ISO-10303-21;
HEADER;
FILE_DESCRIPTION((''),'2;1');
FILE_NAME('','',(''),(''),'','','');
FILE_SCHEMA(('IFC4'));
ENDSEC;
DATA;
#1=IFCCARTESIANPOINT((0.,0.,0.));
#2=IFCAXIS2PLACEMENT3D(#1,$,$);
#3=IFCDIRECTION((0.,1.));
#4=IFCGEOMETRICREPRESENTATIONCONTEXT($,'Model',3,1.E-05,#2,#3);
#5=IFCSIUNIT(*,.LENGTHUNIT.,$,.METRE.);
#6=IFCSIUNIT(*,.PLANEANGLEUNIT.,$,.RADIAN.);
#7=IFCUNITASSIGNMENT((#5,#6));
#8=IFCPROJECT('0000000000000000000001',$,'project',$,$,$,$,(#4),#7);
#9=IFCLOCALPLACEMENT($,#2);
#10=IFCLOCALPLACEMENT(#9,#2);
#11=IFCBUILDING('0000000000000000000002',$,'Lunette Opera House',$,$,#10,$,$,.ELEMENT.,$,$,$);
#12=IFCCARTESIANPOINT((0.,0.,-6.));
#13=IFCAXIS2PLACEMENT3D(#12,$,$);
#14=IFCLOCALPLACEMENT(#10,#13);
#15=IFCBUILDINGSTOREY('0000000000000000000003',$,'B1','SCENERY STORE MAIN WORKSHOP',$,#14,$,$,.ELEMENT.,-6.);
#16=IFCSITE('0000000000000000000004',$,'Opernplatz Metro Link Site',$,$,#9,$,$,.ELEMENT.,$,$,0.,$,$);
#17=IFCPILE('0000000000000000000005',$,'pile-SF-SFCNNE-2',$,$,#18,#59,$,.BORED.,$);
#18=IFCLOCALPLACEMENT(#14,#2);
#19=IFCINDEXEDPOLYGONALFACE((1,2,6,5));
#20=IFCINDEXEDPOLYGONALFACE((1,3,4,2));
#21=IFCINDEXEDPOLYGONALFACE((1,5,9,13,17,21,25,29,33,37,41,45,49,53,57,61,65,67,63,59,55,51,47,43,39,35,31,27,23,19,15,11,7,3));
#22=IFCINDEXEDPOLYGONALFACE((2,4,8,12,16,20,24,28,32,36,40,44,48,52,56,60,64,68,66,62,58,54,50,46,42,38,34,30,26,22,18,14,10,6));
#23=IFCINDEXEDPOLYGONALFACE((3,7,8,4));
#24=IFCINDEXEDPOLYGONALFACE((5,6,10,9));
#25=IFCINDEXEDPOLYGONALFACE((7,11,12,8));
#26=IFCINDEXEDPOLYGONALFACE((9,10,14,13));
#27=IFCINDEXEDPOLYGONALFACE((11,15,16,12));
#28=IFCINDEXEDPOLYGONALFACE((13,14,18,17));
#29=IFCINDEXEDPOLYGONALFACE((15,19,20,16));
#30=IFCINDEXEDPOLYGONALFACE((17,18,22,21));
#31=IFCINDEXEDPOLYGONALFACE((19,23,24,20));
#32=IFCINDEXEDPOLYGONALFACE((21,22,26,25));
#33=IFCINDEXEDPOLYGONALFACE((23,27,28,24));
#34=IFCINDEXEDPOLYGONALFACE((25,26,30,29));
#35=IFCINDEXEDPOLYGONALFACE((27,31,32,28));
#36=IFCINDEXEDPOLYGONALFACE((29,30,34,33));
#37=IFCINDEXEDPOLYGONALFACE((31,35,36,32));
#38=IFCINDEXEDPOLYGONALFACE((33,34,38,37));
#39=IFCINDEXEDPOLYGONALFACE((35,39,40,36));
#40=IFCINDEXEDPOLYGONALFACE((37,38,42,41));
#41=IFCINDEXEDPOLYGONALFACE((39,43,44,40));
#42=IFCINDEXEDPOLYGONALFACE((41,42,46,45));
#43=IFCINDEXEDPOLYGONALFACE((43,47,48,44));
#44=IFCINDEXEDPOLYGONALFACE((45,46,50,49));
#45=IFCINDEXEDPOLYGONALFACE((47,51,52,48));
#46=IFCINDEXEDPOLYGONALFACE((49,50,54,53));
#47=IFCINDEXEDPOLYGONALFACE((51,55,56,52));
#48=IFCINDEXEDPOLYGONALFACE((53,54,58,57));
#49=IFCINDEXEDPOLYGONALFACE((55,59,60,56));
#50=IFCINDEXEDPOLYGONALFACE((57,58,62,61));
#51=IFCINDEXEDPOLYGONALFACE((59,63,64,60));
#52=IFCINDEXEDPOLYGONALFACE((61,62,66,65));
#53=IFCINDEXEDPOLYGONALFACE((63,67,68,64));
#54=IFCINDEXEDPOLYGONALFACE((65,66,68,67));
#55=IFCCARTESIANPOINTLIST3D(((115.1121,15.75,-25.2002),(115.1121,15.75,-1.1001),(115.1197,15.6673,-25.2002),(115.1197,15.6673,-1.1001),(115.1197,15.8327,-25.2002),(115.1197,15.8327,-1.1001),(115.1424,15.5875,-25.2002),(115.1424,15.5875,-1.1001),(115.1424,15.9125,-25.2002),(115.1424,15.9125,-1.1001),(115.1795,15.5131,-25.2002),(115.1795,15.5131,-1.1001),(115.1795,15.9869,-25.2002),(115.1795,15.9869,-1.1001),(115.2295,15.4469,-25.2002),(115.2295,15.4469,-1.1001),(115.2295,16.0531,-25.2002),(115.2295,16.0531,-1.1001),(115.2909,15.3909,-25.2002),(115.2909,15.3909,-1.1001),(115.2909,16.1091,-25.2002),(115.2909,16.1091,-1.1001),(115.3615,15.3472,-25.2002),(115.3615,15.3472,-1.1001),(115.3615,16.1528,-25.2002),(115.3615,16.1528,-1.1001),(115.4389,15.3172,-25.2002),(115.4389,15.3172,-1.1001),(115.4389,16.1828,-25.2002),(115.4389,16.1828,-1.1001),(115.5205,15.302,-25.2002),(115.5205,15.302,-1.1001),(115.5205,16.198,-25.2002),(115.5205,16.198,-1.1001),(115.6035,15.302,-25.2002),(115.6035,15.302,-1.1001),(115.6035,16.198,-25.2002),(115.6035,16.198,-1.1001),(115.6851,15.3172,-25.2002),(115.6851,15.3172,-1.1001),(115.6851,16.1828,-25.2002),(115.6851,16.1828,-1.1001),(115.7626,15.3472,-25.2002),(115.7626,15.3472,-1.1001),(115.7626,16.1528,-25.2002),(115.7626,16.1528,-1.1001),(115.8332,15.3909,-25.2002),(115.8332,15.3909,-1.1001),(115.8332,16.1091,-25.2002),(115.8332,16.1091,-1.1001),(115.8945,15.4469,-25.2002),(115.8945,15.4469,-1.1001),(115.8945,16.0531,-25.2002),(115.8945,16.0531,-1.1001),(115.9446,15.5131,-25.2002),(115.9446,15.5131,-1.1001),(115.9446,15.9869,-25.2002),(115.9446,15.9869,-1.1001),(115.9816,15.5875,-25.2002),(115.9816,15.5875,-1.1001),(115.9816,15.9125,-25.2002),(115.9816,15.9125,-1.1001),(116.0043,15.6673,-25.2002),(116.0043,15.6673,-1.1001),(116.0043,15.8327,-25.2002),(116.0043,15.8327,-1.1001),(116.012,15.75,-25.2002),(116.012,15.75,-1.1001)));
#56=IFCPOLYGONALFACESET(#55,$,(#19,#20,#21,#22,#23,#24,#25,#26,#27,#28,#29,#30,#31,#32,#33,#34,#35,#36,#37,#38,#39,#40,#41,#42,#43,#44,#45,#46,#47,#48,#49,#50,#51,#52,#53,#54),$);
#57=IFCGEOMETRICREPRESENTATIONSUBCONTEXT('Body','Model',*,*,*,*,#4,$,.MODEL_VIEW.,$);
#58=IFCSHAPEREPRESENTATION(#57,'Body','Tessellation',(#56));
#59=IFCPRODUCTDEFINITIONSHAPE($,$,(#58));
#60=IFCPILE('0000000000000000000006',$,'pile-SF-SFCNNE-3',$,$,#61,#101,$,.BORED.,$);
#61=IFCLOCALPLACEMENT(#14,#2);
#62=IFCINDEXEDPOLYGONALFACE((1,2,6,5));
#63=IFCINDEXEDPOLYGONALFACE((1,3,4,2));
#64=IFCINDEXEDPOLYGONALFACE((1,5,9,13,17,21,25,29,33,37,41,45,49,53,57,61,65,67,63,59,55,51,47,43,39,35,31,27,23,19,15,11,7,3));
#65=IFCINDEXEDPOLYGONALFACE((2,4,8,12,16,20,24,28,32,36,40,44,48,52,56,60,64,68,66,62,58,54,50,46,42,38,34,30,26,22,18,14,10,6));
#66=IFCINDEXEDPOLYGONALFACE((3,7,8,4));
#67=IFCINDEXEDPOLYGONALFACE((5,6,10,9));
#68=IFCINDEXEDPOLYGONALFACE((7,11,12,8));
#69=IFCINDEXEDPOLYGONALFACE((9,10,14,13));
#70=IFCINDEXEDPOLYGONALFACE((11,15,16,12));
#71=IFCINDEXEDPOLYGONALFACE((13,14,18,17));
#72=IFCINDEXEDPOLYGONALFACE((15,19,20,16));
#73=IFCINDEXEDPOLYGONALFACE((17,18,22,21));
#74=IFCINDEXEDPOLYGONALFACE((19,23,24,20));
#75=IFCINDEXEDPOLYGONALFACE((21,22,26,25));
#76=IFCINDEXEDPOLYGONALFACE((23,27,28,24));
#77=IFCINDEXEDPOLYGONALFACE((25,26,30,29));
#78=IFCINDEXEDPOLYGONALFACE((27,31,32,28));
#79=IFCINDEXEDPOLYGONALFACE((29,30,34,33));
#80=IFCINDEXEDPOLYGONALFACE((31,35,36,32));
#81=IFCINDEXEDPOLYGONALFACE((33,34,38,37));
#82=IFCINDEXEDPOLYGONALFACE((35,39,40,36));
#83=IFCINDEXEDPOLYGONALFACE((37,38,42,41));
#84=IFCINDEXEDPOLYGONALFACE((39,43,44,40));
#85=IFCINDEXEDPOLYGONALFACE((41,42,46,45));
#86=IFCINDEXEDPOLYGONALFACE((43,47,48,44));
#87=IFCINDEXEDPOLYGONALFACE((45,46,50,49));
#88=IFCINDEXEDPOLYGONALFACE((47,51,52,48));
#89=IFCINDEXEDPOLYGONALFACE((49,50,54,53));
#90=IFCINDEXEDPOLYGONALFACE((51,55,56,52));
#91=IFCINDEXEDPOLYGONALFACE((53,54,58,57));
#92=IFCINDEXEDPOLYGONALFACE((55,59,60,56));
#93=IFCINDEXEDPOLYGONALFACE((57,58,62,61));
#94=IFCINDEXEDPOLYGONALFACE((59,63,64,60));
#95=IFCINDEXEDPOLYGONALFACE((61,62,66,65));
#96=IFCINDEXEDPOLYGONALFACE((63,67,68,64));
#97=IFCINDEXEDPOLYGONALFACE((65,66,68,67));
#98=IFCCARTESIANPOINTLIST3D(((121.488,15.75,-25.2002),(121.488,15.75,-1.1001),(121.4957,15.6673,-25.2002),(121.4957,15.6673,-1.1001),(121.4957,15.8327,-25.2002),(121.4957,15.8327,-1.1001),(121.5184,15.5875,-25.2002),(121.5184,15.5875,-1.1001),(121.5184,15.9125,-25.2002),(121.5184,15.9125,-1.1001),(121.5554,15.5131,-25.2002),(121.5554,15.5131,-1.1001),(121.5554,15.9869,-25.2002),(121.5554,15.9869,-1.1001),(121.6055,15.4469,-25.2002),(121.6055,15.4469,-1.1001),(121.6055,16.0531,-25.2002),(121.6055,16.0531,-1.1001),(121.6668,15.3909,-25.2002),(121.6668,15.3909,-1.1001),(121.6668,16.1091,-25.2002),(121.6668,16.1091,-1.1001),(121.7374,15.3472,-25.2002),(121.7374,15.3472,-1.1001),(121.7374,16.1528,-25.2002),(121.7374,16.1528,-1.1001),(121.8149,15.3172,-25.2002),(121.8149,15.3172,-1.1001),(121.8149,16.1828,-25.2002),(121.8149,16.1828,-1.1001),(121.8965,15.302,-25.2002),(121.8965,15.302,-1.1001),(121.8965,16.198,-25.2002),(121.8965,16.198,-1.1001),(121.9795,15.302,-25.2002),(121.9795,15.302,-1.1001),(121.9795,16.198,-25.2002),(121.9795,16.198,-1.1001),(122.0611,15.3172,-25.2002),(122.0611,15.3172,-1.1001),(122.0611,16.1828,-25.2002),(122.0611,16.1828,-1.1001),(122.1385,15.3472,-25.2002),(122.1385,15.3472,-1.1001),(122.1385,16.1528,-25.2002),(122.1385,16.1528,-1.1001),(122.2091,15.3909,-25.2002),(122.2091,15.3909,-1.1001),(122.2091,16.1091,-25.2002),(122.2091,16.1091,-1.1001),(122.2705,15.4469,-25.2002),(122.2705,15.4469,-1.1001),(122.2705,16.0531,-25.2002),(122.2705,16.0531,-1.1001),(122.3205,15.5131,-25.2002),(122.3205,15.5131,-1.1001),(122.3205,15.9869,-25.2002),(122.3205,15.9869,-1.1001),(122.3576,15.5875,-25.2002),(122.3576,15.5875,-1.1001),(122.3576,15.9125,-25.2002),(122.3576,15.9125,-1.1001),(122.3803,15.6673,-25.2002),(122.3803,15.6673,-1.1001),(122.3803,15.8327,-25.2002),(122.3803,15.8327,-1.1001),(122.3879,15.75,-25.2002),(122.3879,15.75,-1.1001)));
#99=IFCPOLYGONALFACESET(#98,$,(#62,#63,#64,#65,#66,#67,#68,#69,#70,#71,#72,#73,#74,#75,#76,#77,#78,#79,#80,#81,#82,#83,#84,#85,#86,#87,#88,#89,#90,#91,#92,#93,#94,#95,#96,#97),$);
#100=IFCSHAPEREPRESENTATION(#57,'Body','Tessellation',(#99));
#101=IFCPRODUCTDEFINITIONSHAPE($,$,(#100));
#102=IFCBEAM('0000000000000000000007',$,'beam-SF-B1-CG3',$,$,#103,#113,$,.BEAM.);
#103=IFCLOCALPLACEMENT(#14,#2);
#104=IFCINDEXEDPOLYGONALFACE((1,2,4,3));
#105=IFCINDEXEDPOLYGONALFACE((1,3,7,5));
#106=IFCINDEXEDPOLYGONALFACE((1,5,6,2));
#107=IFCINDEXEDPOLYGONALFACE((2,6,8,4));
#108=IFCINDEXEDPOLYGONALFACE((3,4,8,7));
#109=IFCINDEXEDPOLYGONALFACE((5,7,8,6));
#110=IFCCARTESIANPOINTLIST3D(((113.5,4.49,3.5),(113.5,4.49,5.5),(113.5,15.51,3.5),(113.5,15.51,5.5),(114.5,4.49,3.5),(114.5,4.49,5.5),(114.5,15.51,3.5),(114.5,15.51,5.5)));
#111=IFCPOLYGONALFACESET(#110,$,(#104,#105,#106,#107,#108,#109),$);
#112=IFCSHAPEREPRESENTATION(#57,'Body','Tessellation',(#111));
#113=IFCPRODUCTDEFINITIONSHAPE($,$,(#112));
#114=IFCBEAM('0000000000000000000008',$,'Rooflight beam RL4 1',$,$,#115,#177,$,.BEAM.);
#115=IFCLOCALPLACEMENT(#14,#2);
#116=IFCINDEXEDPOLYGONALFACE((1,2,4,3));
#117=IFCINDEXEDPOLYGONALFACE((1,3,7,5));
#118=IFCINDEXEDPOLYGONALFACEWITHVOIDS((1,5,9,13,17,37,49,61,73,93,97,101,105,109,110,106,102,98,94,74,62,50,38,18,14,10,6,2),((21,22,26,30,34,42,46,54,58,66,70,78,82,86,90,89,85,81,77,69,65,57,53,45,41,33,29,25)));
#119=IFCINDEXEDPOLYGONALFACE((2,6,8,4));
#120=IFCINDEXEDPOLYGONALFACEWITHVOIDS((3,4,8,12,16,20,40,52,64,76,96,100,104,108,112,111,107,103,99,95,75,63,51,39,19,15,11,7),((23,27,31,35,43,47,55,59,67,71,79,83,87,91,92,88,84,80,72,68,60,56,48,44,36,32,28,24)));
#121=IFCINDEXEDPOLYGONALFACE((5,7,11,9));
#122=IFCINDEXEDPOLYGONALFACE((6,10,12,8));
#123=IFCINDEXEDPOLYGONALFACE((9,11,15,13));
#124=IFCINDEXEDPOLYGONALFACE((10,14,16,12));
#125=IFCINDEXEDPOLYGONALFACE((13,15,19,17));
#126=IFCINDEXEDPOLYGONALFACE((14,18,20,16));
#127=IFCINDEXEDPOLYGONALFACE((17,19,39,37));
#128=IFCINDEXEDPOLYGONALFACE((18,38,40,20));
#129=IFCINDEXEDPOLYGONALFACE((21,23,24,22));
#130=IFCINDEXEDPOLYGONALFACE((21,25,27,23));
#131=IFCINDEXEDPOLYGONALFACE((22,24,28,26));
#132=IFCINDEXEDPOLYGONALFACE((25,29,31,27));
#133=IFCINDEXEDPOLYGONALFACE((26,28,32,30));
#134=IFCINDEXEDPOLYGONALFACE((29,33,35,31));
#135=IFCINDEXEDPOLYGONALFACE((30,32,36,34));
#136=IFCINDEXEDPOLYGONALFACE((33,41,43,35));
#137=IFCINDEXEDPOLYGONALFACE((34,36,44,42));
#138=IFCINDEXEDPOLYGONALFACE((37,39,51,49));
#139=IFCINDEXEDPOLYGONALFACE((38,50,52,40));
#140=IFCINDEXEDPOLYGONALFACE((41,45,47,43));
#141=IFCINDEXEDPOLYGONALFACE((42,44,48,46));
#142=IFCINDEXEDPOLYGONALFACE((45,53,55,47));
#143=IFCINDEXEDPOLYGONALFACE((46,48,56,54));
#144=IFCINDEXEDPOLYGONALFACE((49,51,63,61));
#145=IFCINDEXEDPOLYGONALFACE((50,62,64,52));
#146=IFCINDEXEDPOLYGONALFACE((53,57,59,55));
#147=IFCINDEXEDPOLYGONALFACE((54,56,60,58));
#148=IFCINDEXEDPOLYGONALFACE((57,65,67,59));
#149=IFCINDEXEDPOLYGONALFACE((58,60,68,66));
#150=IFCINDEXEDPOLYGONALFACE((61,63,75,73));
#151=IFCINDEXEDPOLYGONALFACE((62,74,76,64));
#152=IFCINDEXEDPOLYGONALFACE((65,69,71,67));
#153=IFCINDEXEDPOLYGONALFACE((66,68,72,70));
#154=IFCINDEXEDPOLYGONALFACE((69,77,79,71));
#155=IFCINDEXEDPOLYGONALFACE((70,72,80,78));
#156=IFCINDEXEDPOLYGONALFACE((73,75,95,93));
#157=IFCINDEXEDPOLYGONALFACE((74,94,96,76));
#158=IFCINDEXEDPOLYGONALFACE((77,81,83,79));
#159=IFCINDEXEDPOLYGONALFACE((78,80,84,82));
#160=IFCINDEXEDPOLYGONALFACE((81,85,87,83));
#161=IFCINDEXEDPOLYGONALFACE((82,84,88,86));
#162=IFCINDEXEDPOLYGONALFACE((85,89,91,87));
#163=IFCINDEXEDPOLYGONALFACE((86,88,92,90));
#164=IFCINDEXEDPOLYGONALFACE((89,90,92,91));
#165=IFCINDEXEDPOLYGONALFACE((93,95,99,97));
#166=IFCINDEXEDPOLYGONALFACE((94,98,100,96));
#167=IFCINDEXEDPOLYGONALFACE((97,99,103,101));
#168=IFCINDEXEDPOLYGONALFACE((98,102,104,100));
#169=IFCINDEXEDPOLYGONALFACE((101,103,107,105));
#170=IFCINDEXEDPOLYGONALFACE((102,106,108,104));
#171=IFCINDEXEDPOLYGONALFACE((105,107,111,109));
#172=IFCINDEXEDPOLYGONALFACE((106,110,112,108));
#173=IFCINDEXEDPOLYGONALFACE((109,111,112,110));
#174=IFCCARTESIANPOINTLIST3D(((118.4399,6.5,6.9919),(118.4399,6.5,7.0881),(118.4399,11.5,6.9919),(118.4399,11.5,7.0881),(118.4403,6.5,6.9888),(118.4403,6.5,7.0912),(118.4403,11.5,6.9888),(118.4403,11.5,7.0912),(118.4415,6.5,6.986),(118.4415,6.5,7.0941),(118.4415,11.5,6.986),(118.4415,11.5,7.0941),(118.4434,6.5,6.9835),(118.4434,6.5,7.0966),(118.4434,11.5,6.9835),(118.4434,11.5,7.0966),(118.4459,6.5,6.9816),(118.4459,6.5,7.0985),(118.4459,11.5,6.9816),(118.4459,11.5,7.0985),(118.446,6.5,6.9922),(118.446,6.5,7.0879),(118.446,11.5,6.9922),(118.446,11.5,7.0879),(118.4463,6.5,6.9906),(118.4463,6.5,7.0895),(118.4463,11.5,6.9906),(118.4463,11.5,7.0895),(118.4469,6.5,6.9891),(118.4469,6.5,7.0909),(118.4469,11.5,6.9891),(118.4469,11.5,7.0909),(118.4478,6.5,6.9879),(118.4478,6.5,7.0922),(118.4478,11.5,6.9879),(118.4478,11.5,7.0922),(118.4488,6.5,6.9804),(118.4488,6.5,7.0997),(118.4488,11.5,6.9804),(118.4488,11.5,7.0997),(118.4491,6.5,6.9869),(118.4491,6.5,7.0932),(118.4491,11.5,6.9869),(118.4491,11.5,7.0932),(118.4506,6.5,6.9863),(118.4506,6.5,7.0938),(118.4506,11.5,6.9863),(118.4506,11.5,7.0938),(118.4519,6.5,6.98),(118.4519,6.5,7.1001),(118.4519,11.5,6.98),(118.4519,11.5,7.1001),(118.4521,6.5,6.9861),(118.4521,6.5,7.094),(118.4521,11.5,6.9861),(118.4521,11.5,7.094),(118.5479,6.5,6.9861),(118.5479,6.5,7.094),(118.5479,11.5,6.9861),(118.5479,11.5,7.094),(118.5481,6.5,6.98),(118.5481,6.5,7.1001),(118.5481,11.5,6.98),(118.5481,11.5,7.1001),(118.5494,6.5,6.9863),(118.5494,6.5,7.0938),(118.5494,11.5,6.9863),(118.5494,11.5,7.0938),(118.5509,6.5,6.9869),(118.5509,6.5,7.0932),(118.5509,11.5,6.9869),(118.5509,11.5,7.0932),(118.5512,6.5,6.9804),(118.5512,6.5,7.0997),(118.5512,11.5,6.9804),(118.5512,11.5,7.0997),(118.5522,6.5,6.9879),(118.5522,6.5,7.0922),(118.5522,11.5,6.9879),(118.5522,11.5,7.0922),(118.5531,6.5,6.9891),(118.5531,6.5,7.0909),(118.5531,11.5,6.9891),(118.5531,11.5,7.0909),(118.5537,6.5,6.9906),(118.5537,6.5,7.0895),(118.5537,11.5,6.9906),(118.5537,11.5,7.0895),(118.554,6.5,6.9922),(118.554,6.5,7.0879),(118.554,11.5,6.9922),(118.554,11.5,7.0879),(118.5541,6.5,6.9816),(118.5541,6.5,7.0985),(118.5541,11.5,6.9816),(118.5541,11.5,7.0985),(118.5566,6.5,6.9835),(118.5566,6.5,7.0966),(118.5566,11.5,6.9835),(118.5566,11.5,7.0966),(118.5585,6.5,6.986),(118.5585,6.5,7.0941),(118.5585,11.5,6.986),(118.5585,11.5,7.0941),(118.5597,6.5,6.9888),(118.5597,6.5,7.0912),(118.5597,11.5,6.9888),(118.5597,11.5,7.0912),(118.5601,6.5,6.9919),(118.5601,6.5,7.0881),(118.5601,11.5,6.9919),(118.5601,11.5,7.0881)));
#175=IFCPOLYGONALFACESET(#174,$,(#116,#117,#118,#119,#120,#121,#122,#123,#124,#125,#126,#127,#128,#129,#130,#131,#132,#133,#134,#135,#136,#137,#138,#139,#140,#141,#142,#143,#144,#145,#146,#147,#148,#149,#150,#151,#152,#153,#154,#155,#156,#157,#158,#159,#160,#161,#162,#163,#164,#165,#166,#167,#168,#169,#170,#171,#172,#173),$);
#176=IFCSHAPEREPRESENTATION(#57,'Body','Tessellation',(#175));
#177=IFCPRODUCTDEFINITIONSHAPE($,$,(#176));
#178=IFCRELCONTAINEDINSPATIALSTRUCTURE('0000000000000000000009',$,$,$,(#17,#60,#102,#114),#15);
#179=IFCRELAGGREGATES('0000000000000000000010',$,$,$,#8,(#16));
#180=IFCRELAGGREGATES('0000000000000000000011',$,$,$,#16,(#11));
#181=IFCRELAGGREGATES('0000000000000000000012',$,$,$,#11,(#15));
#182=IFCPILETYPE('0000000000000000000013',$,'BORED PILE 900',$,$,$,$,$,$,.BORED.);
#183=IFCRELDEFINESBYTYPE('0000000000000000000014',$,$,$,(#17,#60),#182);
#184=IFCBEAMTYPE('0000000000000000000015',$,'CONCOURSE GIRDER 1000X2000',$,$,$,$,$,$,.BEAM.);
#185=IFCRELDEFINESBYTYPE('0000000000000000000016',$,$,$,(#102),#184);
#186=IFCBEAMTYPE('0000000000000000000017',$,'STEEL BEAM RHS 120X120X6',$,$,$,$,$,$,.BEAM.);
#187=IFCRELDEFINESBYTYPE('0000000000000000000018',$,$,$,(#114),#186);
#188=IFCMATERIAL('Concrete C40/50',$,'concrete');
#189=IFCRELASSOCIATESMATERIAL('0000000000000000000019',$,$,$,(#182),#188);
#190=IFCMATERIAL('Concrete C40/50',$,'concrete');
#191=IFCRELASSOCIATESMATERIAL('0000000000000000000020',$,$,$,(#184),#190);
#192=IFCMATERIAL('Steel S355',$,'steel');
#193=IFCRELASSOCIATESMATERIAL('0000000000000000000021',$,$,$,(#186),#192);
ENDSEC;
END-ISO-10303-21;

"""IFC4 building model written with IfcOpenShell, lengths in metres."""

from ifc_helpers import new_model, si_unit, direction, frame, origin, origin_2d, place, context, subcontext, project, spatial, rectangle, hollow_rectangle, circle, extrude, material, material_profile, profile_set, type_object, element, save


model = new_model("IFC4")

# Units and contexts
model_context = context("Model", 3, precision=1e-05, world=origin(), true_north=direction((0.0, 1.0)))
body_context = subcontext(model_context, "Body", "Model", "MODEL_VIEW")
ifc_project = project(units=[si_unit("LENGTHUNIT", "METRE"), si_unit("PLANEANGLEUNIT", "RADIAN")], contexts=[model_context])

# Site, building, storey
site_placement = place(None, origin())
site = spatial("IfcSite", under=ifc_project, at=site_placement, Name="Opernplatz Metro Link Site", CompositionType="ELEMENT", RefElevation=0.0)
building_placement = place(site_placement, origin())
building = spatial("IfcBuilding", under=site, at=building_placement, Name="Lunette Opera House", CompositionType="ELEMENT")
storey_placement = place(building_placement, frame((0.0, 0.0, -6.0)))
storey = spatial("IfcBuildingStorey", under=building, at=storey_placement, Name="B1", Description="SCENERY STORE MAIN WORKSHOP", CompositionType="ELEMENT", Elevation=-6.0)

# Piles
ifc_material_1 = material(Name="Concrete C40/50", Category="concrete")
ifc_material_profile_1 = material_profile(ifc_material_1, circle(Radius=0.45, at=origin_2d()), Name="BORED PILE 900")
ifc_profile_set_1 = profile_set([ifc_material_profile_1], Name="Concrete C40/50")
pile_type = type_object("IfcPileType", Name="BORED PILE 900", PredefinedType="BORED", material=ifc_profile_set_1)
for number, where, z_axis, x_axis, name in (
    (1, (115.562, 15.75, -1.1001), (0.0, 0.0, -1.0), (1.0, 0.0, 0.0), "pile-SF-SFCNNE-2"),
    (2, (121.938, 15.75, -1.1001), (0.0, 0.0, -1.0), (1.0, 0.0, 0.0), "pile-SF-SFCNNE-3"),
):
    element("IfcPile", number, at=place(storey_placement, frame(where, z_axis=z_axis, x_axis=x_axis)), inside=storey, type_object=pile_type, Name=name, PredefinedType="BORED", context=body_context, shape_type="SweptSolid", body=[
        extrude(circle(Radius=0.45, at=origin_2d()), origin(), (0.0, 0.0, 1.0), 24.1001),
    ])

# Beams
ifc_material_2 = material(Name="Concrete C40/50", Category="concrete")
ifc_material_profile_2 = material_profile(ifc_material_2, rectangle(XDim=1.0, YDim=2.0, at=origin_2d()), Name="CONCOURSE GIRDER 1000X2000")
ifc_profile_set_2 = profile_set([ifc_material_profile_2], Name="Concrete C40/50")
beam_type_1 = type_object("IfcBeamType", Name="CONCOURSE GIRDER 1000X2000", PredefinedType="BEAM", material=ifc_profile_set_2)
beam_placement = place(storey_placement, frame((114.0, 4.49, 4.5), z_axis=(0.0, 1.0, 0.0), x_axis=(-1.0, 0.0, 0.0)))
element("IfcBeam", 3, at=beam_placement, inside=storey, type_object=beam_type_1, Name="beam-SF-B1-CG3", PredefinedType="BEAM", context=body_context, shape_type="SweptSolid", body=[
    extrude(rectangle(XDim=1.0, YDim=2.0, at=origin_2d()), origin(), (0.0, 0.0, 1.0), 11.02),
])
ifc_material_3 = material(Name="Steel S355", Category="steel")
ifc_material_profile_3 = material_profile(ifc_material_3, hollow_rectangle(XDim=0.1201, YDim=0.1201, WallThickness=0.0061, InnerFilletRadius=0.0061, OuterFilletRadius=0.012, at=origin_2d()), Name="RHS 120X120X6")
ifc_profile_set_3 = profile_set([ifc_material_profile_3], Name="Steel S355")
beam_type_2 = type_object("IfcBeamType", Name="STEEL BEAM RHS 120X120X6", PredefinedType="BEAM", material=ifc_profile_set_3)
for number, where, z_axis, x_axis, name in (
    (4, (118.5, 6.5, 7.04), (0.0, 1.0, 0.0), (-1.0, 0.0, 0.0), "Rooflight beam RL4 1"),
):
    element("IfcBeam", number, at=place(storey_placement, frame(where, z_axis=z_axis, x_axis=x_axis)), inside=storey, type_object=beam_type_2, Name=name, PredefinedType="BEAM", context=body_context, shape_type="SweptSolid", body=[
        extrude(hollow_rectangle(XDim=0.1201, YDim=0.1201, WallThickness=0.0061, InnerFilletRadius=0.0061, OuterFilletRadius=0.012, at=origin_2d()), origin(), (0.0, 0.0, 1.0), 5.0),
    ])

save(model, "model.ifc")
